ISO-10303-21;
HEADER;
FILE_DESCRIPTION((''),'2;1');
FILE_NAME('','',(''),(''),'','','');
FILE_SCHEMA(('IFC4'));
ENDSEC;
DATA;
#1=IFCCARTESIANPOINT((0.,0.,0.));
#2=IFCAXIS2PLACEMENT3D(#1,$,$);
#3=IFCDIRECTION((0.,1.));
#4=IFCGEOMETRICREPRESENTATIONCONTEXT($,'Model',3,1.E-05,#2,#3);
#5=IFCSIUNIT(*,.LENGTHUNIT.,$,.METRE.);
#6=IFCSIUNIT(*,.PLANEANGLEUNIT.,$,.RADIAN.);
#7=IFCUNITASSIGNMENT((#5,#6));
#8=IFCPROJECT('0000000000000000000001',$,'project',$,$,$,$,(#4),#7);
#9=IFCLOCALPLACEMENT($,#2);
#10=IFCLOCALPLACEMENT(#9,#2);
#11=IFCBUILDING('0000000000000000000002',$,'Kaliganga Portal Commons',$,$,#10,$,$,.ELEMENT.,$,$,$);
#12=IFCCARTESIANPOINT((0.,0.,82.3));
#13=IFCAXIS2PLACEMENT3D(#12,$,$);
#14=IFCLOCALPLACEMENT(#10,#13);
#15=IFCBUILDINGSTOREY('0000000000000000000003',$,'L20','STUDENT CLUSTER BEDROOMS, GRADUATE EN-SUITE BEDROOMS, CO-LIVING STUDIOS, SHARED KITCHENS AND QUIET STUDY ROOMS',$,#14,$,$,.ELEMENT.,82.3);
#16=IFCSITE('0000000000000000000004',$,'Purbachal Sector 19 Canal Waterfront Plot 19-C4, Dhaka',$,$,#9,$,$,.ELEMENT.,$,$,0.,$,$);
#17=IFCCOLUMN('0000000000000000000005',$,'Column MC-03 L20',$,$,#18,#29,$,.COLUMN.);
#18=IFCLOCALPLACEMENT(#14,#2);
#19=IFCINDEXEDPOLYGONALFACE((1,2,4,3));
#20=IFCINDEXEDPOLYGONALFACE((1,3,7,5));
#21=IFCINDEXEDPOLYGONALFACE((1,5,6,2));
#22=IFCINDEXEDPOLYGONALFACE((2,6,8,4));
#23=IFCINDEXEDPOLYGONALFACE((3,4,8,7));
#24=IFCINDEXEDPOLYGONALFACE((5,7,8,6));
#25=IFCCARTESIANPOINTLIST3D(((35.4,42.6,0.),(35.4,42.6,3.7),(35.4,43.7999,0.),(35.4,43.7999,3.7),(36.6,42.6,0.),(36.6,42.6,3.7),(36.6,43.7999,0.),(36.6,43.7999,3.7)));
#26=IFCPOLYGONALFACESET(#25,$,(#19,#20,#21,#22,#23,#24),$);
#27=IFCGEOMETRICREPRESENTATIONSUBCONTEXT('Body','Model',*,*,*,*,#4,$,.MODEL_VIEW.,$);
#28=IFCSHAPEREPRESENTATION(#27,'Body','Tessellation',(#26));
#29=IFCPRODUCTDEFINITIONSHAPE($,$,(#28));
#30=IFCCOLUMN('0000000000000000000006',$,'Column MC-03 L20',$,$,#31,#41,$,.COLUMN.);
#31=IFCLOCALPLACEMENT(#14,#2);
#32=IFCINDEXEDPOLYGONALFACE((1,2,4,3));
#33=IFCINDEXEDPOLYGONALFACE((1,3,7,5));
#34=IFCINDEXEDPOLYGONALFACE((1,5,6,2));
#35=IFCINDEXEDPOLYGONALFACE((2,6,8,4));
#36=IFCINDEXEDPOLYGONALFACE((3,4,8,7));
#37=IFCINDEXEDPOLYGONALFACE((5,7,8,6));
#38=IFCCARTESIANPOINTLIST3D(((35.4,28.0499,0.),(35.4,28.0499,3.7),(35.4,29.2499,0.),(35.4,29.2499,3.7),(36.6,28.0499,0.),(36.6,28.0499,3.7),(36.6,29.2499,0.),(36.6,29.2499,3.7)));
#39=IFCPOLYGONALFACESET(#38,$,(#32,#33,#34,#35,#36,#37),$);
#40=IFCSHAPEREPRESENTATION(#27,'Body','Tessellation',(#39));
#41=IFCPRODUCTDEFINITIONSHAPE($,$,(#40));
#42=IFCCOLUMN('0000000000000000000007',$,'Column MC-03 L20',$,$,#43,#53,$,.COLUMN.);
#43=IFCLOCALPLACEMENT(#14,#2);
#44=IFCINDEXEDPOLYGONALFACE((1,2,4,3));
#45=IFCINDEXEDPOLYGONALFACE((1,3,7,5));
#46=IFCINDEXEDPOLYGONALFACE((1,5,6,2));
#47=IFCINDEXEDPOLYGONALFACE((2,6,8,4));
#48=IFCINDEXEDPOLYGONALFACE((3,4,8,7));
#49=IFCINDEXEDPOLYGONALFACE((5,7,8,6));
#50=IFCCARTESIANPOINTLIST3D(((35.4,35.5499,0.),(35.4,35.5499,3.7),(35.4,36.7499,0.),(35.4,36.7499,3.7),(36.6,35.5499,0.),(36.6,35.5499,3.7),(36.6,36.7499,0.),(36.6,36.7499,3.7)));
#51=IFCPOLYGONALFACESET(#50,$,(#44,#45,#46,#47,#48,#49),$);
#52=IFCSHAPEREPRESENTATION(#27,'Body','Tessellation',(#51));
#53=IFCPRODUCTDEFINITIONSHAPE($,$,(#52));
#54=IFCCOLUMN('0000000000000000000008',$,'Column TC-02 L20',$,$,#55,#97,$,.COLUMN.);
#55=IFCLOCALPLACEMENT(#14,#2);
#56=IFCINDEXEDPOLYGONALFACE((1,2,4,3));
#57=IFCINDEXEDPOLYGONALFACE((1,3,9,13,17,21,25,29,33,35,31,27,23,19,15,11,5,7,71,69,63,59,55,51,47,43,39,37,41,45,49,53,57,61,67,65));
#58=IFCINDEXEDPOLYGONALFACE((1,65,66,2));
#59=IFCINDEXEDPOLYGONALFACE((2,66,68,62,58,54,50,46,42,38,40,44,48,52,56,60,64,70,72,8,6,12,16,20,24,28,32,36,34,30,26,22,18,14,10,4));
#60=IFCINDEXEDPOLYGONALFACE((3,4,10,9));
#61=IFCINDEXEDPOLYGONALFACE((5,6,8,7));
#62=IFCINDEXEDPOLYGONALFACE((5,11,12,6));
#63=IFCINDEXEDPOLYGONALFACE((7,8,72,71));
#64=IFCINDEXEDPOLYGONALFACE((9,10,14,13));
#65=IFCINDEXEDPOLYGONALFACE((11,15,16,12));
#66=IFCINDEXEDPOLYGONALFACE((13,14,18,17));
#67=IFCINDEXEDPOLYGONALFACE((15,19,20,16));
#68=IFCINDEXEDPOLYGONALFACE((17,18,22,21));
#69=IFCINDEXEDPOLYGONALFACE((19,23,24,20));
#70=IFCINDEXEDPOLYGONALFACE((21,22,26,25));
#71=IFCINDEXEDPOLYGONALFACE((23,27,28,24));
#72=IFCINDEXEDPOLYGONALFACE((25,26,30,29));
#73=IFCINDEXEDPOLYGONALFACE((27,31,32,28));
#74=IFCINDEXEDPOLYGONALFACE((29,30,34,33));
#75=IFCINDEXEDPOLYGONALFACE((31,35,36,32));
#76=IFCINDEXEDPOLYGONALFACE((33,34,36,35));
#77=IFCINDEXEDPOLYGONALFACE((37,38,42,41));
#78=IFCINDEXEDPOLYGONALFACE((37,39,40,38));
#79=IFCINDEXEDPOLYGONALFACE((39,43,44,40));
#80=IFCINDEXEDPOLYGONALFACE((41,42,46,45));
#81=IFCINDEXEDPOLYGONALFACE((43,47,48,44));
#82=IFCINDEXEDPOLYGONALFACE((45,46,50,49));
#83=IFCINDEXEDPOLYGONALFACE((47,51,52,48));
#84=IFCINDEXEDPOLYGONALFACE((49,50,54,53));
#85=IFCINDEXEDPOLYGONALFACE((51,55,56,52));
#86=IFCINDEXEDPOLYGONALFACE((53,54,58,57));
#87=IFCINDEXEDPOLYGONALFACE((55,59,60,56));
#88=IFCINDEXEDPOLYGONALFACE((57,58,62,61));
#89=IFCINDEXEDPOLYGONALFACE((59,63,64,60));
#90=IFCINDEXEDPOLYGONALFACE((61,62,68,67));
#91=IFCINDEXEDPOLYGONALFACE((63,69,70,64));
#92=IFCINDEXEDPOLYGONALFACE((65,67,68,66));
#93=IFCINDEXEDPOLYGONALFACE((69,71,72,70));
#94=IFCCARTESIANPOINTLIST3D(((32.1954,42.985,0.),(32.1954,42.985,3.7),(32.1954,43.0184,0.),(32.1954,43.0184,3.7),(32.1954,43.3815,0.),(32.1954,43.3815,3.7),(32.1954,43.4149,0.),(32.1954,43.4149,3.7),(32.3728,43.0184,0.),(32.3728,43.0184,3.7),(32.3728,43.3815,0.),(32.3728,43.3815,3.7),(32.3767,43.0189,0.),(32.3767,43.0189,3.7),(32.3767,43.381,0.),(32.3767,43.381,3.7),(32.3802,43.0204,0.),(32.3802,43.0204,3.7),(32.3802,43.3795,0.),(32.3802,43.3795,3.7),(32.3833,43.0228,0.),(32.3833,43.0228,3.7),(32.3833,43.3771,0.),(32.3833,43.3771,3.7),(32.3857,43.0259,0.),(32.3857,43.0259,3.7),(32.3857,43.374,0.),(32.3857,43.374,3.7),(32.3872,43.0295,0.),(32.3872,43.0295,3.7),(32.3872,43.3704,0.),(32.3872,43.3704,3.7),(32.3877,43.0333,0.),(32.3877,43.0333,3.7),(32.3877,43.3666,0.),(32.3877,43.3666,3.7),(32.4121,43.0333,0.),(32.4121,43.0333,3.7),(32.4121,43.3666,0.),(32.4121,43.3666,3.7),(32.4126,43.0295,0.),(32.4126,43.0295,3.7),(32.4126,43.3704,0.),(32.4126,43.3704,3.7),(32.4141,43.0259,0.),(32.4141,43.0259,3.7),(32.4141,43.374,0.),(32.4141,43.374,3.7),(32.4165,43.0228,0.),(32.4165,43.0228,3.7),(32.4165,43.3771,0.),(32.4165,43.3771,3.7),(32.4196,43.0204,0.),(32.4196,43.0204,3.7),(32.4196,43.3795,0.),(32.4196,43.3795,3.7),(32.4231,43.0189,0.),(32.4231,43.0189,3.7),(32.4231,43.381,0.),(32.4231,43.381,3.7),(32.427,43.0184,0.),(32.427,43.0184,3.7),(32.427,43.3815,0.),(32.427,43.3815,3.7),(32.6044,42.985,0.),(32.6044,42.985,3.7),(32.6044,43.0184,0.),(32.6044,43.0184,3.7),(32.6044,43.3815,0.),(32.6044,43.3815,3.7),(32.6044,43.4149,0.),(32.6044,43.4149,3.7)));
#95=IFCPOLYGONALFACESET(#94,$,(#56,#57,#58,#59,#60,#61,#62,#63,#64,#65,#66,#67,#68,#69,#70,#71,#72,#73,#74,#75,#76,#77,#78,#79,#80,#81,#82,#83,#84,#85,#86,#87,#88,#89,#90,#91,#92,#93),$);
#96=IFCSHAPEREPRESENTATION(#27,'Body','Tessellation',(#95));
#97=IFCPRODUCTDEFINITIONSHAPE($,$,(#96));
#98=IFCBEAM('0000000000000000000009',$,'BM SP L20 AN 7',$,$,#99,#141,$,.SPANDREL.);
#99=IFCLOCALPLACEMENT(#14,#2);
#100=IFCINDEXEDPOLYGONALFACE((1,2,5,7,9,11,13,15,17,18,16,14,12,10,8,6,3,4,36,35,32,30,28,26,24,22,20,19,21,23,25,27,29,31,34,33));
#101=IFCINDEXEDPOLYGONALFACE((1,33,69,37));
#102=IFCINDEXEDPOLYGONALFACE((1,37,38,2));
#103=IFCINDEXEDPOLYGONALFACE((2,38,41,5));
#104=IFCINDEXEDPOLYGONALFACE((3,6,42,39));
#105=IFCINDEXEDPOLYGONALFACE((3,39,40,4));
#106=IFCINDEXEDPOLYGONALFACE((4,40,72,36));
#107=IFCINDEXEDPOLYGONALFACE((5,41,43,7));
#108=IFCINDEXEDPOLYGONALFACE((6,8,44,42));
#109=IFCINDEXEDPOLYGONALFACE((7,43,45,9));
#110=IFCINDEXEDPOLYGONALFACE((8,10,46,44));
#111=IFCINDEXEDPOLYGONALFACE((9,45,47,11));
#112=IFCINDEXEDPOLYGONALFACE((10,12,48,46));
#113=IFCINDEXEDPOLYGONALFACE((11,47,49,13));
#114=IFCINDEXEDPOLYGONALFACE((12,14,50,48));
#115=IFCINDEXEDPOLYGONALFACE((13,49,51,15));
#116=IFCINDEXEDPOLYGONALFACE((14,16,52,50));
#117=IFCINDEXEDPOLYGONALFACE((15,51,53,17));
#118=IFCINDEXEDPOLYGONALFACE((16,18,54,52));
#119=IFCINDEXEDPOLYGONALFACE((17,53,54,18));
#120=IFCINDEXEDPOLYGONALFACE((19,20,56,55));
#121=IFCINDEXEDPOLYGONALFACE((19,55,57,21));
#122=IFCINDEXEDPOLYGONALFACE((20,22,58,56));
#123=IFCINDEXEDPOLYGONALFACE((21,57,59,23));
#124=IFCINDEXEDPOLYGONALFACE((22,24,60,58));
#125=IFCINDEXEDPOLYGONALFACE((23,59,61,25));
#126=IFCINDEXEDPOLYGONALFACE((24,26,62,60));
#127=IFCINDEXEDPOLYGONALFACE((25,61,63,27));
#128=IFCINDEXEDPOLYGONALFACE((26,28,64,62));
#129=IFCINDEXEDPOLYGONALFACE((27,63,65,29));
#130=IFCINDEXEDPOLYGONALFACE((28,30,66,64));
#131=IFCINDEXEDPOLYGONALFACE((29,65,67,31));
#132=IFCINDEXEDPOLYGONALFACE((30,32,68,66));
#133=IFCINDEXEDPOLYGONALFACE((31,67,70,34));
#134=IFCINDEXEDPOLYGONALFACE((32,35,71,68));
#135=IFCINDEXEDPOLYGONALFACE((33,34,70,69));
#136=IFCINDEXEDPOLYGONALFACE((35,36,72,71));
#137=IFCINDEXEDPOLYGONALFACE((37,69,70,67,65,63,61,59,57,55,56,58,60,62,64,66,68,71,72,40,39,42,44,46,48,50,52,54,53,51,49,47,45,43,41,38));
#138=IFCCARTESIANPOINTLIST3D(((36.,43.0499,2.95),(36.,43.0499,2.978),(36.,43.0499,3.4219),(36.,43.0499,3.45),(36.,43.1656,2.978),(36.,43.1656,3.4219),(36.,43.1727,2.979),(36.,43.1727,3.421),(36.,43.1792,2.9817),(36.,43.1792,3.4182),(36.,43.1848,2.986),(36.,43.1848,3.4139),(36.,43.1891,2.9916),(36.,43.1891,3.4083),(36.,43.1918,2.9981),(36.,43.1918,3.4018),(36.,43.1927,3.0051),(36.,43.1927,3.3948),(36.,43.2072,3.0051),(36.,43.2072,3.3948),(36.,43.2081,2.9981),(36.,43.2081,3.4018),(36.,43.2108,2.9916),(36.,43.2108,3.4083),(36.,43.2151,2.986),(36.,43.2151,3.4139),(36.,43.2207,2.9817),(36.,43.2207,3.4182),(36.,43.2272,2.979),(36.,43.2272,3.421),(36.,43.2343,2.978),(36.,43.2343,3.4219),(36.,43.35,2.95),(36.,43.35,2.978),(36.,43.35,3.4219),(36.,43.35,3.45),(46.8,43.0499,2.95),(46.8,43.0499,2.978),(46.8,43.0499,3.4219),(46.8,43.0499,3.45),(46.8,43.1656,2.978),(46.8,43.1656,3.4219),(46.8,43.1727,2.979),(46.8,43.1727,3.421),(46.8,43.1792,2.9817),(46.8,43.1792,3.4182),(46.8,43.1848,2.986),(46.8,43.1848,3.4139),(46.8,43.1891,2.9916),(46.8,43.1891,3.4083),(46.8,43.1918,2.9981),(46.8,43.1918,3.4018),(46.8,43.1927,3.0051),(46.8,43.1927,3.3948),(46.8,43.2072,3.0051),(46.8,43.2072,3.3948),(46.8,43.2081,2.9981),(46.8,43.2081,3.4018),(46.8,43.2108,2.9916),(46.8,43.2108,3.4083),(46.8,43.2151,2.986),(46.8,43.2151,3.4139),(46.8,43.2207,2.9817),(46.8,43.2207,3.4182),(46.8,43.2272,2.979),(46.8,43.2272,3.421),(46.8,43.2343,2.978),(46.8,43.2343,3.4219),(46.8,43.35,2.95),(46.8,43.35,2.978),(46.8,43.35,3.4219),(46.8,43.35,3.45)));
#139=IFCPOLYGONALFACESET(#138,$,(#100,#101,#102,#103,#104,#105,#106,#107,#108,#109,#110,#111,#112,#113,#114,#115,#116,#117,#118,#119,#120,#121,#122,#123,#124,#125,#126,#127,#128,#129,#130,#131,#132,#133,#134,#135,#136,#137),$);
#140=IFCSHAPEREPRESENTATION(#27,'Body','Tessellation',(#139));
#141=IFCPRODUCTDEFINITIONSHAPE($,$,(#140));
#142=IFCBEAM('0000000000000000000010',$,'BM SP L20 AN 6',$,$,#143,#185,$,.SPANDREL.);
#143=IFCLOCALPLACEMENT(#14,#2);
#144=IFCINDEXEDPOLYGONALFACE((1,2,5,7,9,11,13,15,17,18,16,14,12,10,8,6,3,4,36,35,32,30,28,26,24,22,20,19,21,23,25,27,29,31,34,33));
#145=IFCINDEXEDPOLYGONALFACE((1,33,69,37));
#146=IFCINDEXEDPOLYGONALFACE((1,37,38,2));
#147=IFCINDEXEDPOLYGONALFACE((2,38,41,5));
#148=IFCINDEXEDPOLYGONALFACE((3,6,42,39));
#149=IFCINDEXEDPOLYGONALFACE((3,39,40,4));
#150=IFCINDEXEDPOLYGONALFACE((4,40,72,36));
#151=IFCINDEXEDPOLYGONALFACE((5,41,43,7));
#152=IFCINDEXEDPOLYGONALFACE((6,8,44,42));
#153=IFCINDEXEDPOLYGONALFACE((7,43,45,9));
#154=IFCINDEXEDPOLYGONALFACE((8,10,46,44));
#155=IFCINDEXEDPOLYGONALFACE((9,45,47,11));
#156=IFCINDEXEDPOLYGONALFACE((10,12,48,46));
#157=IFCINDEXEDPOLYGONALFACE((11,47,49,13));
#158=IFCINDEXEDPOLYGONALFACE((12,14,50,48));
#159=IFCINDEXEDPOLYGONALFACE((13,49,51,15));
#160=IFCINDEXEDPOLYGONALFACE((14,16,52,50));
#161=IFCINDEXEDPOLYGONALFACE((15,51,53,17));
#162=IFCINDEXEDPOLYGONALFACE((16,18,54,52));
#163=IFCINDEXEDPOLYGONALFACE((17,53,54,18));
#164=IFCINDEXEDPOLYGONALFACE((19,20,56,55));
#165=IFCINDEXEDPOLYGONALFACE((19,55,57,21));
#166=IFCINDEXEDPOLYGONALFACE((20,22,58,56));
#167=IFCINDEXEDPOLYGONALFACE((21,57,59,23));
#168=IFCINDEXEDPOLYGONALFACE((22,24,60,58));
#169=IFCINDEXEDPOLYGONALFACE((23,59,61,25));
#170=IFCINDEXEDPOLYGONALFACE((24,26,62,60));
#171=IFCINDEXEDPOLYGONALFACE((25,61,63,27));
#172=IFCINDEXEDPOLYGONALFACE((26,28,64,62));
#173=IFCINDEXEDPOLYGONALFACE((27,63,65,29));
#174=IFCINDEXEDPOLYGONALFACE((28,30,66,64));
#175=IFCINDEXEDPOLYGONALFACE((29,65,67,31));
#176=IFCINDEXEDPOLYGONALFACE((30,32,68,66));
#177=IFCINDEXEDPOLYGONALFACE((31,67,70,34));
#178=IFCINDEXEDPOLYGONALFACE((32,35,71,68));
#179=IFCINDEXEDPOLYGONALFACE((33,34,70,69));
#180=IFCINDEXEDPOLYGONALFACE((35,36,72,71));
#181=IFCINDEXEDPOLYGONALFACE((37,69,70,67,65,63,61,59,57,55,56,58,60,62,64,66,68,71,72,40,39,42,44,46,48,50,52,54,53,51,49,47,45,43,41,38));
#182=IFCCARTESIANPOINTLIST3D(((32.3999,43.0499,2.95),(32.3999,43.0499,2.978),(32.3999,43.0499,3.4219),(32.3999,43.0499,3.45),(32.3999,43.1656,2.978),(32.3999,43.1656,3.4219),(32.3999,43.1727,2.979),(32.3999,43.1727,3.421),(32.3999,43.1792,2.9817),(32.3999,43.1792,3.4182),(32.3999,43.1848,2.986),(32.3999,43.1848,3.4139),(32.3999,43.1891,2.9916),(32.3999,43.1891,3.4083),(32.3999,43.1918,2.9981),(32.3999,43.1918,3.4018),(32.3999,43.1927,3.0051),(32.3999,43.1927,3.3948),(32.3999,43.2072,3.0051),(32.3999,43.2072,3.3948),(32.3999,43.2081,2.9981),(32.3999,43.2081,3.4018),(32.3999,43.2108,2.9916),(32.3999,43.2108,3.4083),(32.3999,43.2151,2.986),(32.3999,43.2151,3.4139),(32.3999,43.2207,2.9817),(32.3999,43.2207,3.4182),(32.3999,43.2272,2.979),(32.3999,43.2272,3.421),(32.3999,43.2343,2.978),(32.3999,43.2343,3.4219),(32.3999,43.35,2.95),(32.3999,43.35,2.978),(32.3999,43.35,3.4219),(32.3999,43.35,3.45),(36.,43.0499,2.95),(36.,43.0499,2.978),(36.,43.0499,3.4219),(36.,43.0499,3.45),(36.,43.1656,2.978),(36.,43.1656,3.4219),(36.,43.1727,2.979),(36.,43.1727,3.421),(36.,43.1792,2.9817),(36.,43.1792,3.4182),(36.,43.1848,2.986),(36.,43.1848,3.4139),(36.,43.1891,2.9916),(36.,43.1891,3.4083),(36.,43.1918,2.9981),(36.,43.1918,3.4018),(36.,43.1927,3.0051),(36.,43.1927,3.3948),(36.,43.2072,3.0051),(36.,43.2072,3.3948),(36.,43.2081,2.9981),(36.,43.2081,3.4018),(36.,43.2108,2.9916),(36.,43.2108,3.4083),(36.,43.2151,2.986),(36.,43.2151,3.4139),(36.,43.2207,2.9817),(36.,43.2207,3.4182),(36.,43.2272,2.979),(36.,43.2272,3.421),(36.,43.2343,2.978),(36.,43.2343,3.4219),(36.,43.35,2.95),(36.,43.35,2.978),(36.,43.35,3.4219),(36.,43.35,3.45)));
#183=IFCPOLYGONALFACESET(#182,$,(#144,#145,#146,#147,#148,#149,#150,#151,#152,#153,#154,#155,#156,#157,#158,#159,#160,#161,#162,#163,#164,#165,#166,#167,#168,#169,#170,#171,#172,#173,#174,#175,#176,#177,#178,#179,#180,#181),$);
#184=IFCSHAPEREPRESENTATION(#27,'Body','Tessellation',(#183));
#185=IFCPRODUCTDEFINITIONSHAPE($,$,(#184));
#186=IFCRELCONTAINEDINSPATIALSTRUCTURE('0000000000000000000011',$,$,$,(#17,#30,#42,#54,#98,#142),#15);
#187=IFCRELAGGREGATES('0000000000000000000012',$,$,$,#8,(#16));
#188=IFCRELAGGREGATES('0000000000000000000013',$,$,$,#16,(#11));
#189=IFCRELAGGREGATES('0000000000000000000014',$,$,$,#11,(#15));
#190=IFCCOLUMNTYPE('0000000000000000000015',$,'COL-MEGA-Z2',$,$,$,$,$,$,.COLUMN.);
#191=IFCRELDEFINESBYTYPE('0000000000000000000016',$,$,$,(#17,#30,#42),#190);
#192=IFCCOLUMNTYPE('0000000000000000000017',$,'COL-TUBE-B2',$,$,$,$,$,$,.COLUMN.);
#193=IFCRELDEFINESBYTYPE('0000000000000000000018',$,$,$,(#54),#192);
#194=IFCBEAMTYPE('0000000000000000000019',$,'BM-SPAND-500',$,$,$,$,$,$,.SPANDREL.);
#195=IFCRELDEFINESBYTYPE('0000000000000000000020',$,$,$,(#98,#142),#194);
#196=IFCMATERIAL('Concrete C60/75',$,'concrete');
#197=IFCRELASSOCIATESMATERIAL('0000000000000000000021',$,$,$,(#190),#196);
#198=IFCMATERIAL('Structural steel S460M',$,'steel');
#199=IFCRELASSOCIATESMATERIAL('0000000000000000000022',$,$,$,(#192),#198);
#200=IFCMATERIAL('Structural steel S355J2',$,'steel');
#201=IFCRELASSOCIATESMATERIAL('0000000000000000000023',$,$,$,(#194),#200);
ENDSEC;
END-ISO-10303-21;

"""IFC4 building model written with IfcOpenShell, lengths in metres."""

from ifc_helpers import new_model, si_unit, direction, frame, origin, origin_2d, place, context, subcontext, project, spatial, rectangle, i_section, extrude, source, transform, mapped, material, material_profile, profile_set, type_object, element, save


model = new_model("IFC4")

# Units and contexts
model_context = context("Model", 3, precision=1e-05, world=origin(), true_north=direction((0.0, 1.0)))
body_context = subcontext(model_context, "Body", "Model", "MODEL_VIEW")
ifc_project = project(units=[si_unit("LENGTHUNIT", "METRE"), si_unit("PLANEANGLEUNIT", "RADIAN")], contexts=[model_context])

# Site, building, storey
site_placement = place(None, origin())
site = spatial("IfcSite", under=ifc_project, at=site_placement, Name="Purbachal Sector 19 Canal Waterfront Plot 19-C4, Dhaka", CompositionType="ELEMENT", RefElevation=0.0)
building_placement = place(site_placement, origin())
building = spatial("IfcBuilding", under=site, at=building_placement, Name="Kaliganga Portal Commons", CompositionType="ELEMENT")
storey_placement = place(building_placement, frame((0.0, 0.0, 82.3)))
storey = spatial("IfcBuildingStorey", under=building, at=storey_placement, Name="L20", Description="STUDENT CLUSTER BEDROOMS, GRADUATE EN-SUITE BEDROOMS, CO-LIVING STUDIOS, SHARED KITCHENS AND QUIET STUDY ROOMS", CompositionType="ELEMENT", Elevation=82.3)

# Columns
ifc_material_1 = material(Name="Concrete C60/75", Category="concrete")
ifc_material_profile_1 = material_profile(ifc_material_1, rectangle(XDim=1.2, YDim=1.2, at=origin_2d()), Name="RC 1200x1200")
ifc_profile_set_1 = profile_set([ifc_material_profile_1], Name="Concrete C60/75")
column_type_1 = type_object("IfcColumnType", Name="COL-MEGA-Z2", PredefinedType="COLUMN", material=ifc_profile_set_1)
shared_shape_1 = source(origin(), body_context, "Body", "SweptSolid", [
    extrude(rectangle(XDim=1.2, YDim=1.2, at=origin_2d()), origin(), (0.0, 0.0, 1.0), 3.7),
])
for number, where, z_axis, x_axis, name in (
    (1, (36.0, 43.2, 0.0), (0.0, 0.0, 1.0), (1.0, 0.0, 0.0), "Column MC-03 L20"),
    (2, (36.0, 28.6499, 0.0), (0.0, 0.0, 1.0), (1.0, 0.0, 0.0), "Column MC-03 L20"),
    (3, (36.0, 36.1499, 0.0), (0.0, 0.0, 1.0), (1.0, 0.0, 0.0), "Column MC-03 L20"),
):
    element("IfcColumn", number, at=place(storey_placement, frame(where, z_axis=z_axis, x_axis=x_axis)), inside=storey, type_object=column_type_1, Name=name, PredefinedType="COLUMN", context=body_context, shape_type="MappedRepresentation", body=[
        mapped(shared_shape_1, transform((0.0, 0.0, 0.0), x_axis=(1.0, 0.0, 0.0), y_axis=(0.0, 1.0, 0.0), z_axis=(0.0, 0.0, 1.0), scale=1.0)),
    ])
ifc_material_2 = material(Name="Structural steel S460M", Category="steel")
ifc_material_profile_2 = material_profile(ifc_material_2, i_section(OverallWidth=0.4089, OverallDepth=0.4299, WebThickness=0.0244, FlangeThickness=0.0334, FilletRadius=0.0149, at=origin_2d()), Name="HD 400x421")
ifc_profile_set_2 = profile_set([ifc_material_profile_2], Name="Structural steel S460M wide-flange")
column_type_2 = type_object("IfcColumnType", Name="COL-TUBE-B2", PredefinedType="COLUMN", material=ifc_profile_set_2)
shared_shape_2 = source(origin(), body_context, "Body", "SweptSolid", [
    extrude(i_section(OverallWidth=0.4089, OverallDepth=0.4299, WebThickness=0.0244, FlangeThickness=0.0334, FilletRadius=0.0149, at=origin_2d()), origin(), (0.0, 0.0, 1.0), 3.7),
])
column_placement = place(storey_placement, frame((32.3999, 43.2, 0.0), z_axis=(0.0, 0.0, 1.0), x_axis=(1.0, 0.0, 0.0)))
element("IfcColumn", 4, at=column_placement, inside=storey, type_object=column_type_2, Name="Column TC-02 L20", PredefinedType="COLUMN", context=body_context, shape_type="MappedRepresentation", body=[
    mapped(shared_shape_2, transform((0.0, 0.0, 0.0), x_axis=(1.0, 0.0, 0.0), y_axis=(0.0, 1.0, 0.0), z_axis=(0.0, 0.0, 1.0), scale=1.0)),
])

# Beams
ifc_material_3 = material(Name="Structural steel S355J2", Category="steel")
ifc_material_profile_3 = material_profile(ifc_material_3, i_section(OverallWidth=0.3, OverallDepth=0.5, WebThickness=0.0144, FlangeThickness=0.0281, FilletRadius=0.0271, at=origin_2d()), Name="HE 500 B")
ifc_profile_set_3 = profile_set([ifc_material_profile_3], Name="Structural steel S355J2 wide-flange")
beam_type_1 = type_object("IfcBeamType", Name="BM-SPAND-500", PredefinedType="SPANDREL", material=ifc_profile_set_3)
shared_shape_3 = source(origin(), body_context, "Body", "SweptSolid", [
    extrude(i_section(OverallWidth=0.3, OverallDepth=0.5, WebThickness=0.0144, FlangeThickness=0.0281, FilletRadius=0.0271, at=origin_2d()), origin(), (0.0, 0.0, 1.0), 10.8),
])
beam_1_placement = place(storey_placement, frame((36.0, 43.2, 3.2), z_axis=(1.0, 0.0, 0.0), x_axis=(0.0, 1.0, 0.0)))
element("IfcBeam", 5, at=beam_1_placement, inside=storey, type_object=beam_type_1, Name="BM SP L20 AN 7", PredefinedType="SPANDREL", context=body_context, shape_type="MappedRepresentation", body=[
    mapped(shared_shape_3, transform((0.0, 0.0, 0.0), x_axis=(1.0, 0.0, 0.0), y_axis=(0.0, 1.0, 0.0), z_axis=(0.0, 0.0, 1.0), scale=1.0)),
])
shared_shape_4 = source(origin(), body_context, "Body", "SweptSolid", [
    extrude(i_section(OverallWidth=0.3, OverallDepth=0.5, WebThickness=0.0144, FlangeThickness=0.0281, FilletRadius=0.0271, at=origin_2d()), origin(), (0.0, 0.0, 1.0), 3.6001),
])
beam_2_placement = place(storey_placement, frame((32.3999, 43.2, 3.2), z_axis=(1.0, 0.0, 0.0), x_axis=(0.0, 1.0, 0.0)))
element("IfcBeam", 6, at=beam_2_placement, inside=storey, type_object=beam_type_1, Name="BM SP L20 AN 6", PredefinedType="SPANDREL", context=body_context, shape_type="MappedRepresentation", body=[
    mapped(shared_shape_4, transform((0.0, 0.0, 0.0), x_axis=(1.0, 0.0, 0.0), y_axis=(0.0, 1.0, 0.0), z_axis=(0.0, 0.0, 1.0), scale=1.0)),
])

save(model, "model.ifc")
